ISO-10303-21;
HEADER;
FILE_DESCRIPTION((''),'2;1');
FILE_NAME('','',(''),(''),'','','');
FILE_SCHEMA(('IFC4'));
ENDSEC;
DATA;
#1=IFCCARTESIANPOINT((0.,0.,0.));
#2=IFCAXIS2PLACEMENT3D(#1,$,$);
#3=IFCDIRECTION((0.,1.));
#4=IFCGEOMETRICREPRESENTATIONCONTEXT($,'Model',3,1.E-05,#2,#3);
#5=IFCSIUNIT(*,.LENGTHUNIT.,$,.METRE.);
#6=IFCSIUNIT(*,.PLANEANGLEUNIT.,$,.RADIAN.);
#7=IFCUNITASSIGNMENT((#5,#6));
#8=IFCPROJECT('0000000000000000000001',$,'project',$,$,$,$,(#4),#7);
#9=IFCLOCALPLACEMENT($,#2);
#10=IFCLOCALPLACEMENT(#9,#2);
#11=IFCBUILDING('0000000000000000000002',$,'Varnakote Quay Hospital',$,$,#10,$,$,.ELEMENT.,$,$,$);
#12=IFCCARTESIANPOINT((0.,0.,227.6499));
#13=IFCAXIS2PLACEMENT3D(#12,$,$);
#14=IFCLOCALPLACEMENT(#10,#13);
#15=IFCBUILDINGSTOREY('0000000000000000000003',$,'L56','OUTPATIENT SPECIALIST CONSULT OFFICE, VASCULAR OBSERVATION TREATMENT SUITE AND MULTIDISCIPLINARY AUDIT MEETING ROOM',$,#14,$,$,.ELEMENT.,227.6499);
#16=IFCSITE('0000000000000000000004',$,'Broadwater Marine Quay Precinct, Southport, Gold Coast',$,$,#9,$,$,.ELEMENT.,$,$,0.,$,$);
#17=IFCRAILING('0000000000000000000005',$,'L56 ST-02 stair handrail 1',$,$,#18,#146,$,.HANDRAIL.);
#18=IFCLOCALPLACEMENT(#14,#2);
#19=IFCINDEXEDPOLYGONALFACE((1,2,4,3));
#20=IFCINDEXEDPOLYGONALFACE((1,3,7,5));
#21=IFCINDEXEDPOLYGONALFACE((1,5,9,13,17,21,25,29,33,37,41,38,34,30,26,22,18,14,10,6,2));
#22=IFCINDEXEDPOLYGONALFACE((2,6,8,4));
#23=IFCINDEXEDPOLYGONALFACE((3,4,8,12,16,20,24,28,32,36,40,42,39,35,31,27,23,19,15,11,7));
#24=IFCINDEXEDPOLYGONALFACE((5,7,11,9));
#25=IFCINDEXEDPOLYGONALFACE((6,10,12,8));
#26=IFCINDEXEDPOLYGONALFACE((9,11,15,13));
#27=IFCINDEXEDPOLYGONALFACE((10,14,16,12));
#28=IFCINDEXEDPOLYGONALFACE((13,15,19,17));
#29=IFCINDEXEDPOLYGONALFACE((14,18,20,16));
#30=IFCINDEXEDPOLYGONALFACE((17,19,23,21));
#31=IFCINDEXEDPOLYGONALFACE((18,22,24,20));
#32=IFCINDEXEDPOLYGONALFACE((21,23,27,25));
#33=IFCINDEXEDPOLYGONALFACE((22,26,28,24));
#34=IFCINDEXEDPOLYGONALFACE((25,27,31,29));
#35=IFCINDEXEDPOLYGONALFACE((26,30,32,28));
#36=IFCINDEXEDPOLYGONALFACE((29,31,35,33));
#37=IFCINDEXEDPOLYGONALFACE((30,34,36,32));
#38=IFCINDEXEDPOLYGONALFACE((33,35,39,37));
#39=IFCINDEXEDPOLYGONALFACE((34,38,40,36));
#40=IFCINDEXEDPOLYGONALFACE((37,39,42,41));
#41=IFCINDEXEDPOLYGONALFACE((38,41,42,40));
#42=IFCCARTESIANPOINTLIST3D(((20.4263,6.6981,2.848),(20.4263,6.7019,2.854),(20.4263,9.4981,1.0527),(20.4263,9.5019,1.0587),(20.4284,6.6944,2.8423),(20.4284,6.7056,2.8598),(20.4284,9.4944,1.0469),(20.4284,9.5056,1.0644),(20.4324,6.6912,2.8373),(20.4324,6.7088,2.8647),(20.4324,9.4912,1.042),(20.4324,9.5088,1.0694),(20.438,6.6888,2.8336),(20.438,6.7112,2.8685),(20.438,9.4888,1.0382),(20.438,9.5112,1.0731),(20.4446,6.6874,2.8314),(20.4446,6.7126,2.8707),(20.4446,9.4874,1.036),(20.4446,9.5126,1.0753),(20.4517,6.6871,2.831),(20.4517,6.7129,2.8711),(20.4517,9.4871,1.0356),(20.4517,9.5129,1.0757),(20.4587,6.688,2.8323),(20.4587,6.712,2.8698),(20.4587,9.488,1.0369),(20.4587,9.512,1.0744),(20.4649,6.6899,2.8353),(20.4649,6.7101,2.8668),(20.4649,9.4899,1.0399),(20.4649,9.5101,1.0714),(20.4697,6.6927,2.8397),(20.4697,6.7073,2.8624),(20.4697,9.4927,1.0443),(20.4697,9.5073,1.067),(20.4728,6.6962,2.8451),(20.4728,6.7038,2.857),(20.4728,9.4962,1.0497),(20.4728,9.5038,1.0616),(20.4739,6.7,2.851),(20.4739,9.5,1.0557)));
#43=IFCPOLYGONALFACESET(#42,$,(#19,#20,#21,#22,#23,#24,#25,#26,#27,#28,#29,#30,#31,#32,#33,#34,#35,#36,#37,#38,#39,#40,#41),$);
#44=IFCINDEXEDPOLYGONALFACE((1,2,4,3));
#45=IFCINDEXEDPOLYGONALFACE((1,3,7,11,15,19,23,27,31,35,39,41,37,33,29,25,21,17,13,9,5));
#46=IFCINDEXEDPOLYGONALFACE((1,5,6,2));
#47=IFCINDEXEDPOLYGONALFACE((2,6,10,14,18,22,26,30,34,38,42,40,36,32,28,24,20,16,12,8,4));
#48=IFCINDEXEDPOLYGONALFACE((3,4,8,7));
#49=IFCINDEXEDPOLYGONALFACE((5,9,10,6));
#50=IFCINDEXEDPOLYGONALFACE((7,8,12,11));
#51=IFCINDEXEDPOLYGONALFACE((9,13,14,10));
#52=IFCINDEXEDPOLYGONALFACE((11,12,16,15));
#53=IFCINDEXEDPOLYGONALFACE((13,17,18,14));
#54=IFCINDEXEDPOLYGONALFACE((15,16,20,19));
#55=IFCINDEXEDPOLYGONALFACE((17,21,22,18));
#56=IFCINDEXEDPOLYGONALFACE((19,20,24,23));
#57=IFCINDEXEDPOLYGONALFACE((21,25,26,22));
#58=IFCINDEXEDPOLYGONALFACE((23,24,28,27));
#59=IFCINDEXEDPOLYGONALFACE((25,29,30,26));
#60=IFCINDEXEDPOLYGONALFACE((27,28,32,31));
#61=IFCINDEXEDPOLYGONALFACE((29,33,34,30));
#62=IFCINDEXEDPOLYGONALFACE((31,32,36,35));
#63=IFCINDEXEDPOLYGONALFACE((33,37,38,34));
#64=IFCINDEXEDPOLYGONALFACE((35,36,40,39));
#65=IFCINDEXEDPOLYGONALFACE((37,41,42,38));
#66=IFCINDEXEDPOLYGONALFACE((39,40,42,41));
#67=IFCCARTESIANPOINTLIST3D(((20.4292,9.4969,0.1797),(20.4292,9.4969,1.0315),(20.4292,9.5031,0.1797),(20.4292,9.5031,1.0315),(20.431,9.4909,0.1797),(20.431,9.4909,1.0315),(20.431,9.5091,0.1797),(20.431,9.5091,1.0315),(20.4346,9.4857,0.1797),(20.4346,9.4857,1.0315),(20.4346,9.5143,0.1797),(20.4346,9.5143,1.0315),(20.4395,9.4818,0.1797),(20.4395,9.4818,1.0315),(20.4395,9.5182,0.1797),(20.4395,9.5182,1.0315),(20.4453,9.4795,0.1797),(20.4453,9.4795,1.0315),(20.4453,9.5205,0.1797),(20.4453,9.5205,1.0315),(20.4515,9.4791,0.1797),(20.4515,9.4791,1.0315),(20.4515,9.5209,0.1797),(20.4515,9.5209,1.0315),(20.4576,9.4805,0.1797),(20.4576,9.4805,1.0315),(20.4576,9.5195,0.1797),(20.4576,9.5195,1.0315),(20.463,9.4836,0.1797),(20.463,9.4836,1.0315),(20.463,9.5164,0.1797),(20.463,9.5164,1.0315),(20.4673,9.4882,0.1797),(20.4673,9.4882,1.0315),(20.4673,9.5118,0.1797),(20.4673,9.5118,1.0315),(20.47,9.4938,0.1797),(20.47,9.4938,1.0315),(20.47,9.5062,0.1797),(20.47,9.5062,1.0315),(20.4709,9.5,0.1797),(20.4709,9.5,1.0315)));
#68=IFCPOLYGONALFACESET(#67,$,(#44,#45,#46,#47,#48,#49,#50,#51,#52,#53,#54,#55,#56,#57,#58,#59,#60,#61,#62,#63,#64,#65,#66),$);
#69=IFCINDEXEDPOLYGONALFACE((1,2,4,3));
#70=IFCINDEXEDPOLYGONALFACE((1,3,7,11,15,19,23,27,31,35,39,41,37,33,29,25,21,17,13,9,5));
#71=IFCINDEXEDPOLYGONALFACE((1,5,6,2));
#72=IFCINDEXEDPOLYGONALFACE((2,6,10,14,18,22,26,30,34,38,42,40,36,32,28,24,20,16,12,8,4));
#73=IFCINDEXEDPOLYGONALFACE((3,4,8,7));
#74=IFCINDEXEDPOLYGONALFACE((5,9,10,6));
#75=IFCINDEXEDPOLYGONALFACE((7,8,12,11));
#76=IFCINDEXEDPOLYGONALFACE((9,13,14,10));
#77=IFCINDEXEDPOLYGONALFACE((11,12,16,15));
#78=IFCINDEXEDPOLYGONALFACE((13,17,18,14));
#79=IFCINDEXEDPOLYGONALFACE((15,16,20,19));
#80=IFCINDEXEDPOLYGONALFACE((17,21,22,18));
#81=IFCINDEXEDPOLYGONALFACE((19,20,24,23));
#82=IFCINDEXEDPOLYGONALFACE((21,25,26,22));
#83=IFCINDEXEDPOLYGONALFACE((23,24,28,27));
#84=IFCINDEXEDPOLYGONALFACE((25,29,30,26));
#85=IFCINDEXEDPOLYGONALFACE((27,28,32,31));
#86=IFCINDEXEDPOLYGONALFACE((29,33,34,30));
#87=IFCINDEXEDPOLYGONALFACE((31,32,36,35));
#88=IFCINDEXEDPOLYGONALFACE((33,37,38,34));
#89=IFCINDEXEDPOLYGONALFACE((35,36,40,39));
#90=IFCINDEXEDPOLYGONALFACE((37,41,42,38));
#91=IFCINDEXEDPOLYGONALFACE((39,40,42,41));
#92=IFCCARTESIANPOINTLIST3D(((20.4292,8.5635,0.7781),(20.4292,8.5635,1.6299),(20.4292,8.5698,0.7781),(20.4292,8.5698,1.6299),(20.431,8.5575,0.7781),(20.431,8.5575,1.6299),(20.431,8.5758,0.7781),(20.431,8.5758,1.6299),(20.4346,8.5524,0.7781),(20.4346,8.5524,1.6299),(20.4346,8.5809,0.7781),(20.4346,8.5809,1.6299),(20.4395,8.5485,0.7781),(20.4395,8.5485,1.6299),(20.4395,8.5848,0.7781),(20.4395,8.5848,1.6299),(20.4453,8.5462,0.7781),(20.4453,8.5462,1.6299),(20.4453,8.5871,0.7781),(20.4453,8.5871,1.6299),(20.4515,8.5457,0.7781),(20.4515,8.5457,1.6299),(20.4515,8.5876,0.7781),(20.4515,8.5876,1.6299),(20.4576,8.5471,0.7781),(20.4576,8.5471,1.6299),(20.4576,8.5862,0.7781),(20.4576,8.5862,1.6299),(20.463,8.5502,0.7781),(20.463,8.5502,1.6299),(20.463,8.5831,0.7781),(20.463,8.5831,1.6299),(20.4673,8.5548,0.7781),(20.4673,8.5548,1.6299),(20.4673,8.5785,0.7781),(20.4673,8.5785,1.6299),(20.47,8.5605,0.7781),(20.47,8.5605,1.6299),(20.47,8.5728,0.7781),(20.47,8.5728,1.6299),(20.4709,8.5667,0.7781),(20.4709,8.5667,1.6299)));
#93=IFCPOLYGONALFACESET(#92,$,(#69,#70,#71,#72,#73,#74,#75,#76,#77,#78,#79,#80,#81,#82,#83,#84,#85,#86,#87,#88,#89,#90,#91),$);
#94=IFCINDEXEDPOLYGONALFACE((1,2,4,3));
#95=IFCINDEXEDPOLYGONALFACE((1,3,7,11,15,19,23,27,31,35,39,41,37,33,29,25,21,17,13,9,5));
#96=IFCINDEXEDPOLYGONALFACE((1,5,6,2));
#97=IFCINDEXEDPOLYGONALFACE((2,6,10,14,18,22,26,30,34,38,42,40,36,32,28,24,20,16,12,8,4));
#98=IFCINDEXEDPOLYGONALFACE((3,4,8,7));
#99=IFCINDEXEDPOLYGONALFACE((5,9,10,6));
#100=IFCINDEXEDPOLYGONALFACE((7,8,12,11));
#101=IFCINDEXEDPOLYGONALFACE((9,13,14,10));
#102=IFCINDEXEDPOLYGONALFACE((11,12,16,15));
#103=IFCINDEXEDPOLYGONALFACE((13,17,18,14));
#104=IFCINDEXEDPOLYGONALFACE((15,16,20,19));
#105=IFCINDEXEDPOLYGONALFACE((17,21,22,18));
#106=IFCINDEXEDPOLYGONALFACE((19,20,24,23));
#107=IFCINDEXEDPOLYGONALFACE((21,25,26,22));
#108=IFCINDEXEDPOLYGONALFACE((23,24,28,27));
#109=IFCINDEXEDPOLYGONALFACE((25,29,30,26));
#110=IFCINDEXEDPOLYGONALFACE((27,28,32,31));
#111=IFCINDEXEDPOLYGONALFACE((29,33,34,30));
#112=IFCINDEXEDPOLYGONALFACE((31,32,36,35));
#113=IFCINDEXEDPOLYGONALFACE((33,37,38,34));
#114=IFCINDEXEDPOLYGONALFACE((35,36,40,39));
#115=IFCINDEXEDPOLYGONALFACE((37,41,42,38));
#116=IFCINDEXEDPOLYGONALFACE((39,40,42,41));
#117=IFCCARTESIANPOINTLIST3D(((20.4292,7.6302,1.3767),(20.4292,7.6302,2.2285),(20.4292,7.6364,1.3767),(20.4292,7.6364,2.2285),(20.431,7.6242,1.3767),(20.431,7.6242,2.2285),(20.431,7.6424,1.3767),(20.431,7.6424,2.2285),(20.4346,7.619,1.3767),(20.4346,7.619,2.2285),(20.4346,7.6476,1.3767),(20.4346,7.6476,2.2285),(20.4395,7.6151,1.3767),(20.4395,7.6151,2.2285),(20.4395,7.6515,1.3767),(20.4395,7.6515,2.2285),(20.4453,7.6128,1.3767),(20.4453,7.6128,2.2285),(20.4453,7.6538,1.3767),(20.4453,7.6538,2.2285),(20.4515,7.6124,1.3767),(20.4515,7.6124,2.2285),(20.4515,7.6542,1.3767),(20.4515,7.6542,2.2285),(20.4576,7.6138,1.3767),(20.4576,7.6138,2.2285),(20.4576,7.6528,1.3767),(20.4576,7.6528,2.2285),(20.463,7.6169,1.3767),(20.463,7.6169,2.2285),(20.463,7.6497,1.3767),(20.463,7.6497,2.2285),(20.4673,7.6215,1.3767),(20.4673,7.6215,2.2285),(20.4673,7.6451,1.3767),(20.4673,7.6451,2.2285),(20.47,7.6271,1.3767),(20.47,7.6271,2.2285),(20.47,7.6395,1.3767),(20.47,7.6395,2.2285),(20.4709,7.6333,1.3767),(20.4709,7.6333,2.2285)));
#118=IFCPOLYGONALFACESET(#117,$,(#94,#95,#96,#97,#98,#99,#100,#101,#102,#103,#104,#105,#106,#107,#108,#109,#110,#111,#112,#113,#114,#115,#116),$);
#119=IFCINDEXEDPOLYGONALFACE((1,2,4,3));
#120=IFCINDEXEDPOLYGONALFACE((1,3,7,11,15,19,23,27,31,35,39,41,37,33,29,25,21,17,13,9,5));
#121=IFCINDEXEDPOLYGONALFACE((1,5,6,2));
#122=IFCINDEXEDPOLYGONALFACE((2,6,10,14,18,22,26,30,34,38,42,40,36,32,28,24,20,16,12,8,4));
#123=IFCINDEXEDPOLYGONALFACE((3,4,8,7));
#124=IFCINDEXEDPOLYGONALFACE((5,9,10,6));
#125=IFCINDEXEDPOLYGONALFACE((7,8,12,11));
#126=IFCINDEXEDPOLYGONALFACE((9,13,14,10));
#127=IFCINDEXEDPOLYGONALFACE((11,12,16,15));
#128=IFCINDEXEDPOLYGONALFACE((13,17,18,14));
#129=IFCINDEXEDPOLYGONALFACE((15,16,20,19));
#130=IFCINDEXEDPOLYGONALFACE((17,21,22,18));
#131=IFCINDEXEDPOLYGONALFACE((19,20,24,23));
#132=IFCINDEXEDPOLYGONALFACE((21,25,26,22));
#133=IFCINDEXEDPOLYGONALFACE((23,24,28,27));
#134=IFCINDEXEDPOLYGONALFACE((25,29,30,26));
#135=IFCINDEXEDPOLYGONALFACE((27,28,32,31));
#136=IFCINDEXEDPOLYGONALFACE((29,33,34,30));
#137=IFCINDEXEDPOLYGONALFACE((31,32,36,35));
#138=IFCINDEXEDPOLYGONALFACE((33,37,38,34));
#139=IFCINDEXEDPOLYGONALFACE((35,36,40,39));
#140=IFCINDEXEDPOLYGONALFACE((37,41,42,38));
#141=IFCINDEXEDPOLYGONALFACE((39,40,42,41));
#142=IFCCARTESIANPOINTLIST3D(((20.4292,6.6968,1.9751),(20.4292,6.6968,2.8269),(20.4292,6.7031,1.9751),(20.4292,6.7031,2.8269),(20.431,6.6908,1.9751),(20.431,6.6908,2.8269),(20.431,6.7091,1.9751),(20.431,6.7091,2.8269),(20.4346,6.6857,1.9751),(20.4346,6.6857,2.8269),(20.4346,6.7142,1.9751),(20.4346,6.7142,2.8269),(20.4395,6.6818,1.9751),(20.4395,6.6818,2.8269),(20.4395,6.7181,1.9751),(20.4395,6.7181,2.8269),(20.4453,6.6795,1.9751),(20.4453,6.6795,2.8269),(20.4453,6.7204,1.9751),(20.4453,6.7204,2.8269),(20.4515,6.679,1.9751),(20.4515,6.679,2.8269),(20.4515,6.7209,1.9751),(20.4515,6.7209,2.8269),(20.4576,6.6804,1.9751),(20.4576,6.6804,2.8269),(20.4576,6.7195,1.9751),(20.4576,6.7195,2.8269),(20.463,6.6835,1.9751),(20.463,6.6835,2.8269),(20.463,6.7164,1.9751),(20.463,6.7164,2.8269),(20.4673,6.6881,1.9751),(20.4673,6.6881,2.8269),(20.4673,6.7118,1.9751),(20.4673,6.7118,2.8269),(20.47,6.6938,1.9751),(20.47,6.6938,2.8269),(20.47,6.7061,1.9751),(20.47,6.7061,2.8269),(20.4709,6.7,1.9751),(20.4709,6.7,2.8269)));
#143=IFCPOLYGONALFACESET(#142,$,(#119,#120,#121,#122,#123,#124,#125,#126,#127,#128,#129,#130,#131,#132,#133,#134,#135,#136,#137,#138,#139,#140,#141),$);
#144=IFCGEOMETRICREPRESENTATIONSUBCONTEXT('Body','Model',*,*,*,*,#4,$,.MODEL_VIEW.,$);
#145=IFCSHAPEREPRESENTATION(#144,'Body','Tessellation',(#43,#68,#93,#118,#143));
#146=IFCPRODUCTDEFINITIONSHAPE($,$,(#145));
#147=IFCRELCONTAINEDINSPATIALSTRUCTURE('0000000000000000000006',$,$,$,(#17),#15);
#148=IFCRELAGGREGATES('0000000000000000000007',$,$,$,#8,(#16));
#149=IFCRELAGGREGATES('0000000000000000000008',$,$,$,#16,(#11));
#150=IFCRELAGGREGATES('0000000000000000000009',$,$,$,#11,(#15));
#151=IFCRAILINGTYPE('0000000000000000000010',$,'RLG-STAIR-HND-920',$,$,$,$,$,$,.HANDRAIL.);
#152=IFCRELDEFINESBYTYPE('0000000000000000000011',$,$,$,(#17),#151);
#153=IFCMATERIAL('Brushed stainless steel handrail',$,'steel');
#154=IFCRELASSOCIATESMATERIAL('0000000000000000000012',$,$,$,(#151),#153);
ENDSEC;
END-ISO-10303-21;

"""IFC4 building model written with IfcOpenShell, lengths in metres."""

from ifc_helpers import new_model, si_unit, direction, frame, origin, origin_2d, place, context, subcontext, project, spatial, circle, extrude, material, type_object, element, save


model = new_model("IFC4")

# Units and contexts
model_context = context("Model", 3, precision=1e-05, world=origin(), true_north=direction((0.0, 1.0)))
body_context = subcontext(model_context, "Body", "Model", "MODEL_VIEW")
ifc_project = project(units=[si_unit("LENGTHUNIT", "METRE"), si_unit("PLANEANGLEUNIT", "RADIAN")], contexts=[model_context])

# Site, building, storey
site_placement = place(None, origin())
site = spatial("IfcSite", under=ifc_project, at=site_placement, Name="Broadwater Marine Quay Precinct, Southport, Gold Coast", CompositionType="ELEMENT", RefElevation=0.0)
building_placement = place(site_placement, origin())
building = spatial("IfcBuilding", under=site, at=building_placement, Name="Varnakote Quay Hospital", CompositionType="ELEMENT")
storey_placement = place(building_placement, frame((0.0, 0.0, 227.6499)))
storey = spatial("IfcBuildingStorey", under=building, at=storey_placement, Name="L56", Description="OUTPATIENT SPECIALIST CONSULT OFFICE, VASCULAR OBSERVATION TREATMENT SUITE AND MULTIDISCIPLINARY AUDIT MEETING ROOM", CompositionType="ELEMENT", Elevation=227.6499)

# Railing
ifc_material_1 = material(Name="Brushed stainless steel handrail", Category="steel")
railing_type_1 = type_object("IfcRailingType", Name="RLG-STAIR-HND-920", PredefinedType="HANDRAIL", material=ifc_material_1)
railing_1_placement = place(storey_placement, frame((20.45, 9.5, 0.1797)))
element("IfcRailing", 1, at=railing_1_placement, inside=storey, type_object=railing_type_1, Name="L56 ST-02 stair handrail 1", PredefinedType="HANDRAIL", context=body_context, shape_type="SweptSolid", body=[
    extrude(circle(Radius=0.0239, at=origin_2d()), frame((0.0, 0.0, 0.876), z_axis=(0.0, -0.84181, 0.539774), x_axis=(1.0, 0.0, 0.0)), (0.0, 0.0, 1.0), 3.3262),
    extrude(circle(Radius=0.021, at=origin_2d()), origin(), (0.0, 0.0, 1.0), 0.8518),
    extrude(circle(Radius=0.021, at=origin_2d()), frame((0.0, -0.9333, 0.5984)), (0.0, 0.0, 1.0), 0.8518),
    extrude(circle(Radius=0.021, at=origin_2d()), frame((0.0, -1.8667, 1.197)), (0.0, 0.0, 1.0), 0.8518),
    extrude(circle(Radius=0.021, at=origin_2d()), frame((0.0, -2.8, 1.7954)), (0.0, 0.0, 1.0), 0.8518),
])

save(model, "model.ifc")
